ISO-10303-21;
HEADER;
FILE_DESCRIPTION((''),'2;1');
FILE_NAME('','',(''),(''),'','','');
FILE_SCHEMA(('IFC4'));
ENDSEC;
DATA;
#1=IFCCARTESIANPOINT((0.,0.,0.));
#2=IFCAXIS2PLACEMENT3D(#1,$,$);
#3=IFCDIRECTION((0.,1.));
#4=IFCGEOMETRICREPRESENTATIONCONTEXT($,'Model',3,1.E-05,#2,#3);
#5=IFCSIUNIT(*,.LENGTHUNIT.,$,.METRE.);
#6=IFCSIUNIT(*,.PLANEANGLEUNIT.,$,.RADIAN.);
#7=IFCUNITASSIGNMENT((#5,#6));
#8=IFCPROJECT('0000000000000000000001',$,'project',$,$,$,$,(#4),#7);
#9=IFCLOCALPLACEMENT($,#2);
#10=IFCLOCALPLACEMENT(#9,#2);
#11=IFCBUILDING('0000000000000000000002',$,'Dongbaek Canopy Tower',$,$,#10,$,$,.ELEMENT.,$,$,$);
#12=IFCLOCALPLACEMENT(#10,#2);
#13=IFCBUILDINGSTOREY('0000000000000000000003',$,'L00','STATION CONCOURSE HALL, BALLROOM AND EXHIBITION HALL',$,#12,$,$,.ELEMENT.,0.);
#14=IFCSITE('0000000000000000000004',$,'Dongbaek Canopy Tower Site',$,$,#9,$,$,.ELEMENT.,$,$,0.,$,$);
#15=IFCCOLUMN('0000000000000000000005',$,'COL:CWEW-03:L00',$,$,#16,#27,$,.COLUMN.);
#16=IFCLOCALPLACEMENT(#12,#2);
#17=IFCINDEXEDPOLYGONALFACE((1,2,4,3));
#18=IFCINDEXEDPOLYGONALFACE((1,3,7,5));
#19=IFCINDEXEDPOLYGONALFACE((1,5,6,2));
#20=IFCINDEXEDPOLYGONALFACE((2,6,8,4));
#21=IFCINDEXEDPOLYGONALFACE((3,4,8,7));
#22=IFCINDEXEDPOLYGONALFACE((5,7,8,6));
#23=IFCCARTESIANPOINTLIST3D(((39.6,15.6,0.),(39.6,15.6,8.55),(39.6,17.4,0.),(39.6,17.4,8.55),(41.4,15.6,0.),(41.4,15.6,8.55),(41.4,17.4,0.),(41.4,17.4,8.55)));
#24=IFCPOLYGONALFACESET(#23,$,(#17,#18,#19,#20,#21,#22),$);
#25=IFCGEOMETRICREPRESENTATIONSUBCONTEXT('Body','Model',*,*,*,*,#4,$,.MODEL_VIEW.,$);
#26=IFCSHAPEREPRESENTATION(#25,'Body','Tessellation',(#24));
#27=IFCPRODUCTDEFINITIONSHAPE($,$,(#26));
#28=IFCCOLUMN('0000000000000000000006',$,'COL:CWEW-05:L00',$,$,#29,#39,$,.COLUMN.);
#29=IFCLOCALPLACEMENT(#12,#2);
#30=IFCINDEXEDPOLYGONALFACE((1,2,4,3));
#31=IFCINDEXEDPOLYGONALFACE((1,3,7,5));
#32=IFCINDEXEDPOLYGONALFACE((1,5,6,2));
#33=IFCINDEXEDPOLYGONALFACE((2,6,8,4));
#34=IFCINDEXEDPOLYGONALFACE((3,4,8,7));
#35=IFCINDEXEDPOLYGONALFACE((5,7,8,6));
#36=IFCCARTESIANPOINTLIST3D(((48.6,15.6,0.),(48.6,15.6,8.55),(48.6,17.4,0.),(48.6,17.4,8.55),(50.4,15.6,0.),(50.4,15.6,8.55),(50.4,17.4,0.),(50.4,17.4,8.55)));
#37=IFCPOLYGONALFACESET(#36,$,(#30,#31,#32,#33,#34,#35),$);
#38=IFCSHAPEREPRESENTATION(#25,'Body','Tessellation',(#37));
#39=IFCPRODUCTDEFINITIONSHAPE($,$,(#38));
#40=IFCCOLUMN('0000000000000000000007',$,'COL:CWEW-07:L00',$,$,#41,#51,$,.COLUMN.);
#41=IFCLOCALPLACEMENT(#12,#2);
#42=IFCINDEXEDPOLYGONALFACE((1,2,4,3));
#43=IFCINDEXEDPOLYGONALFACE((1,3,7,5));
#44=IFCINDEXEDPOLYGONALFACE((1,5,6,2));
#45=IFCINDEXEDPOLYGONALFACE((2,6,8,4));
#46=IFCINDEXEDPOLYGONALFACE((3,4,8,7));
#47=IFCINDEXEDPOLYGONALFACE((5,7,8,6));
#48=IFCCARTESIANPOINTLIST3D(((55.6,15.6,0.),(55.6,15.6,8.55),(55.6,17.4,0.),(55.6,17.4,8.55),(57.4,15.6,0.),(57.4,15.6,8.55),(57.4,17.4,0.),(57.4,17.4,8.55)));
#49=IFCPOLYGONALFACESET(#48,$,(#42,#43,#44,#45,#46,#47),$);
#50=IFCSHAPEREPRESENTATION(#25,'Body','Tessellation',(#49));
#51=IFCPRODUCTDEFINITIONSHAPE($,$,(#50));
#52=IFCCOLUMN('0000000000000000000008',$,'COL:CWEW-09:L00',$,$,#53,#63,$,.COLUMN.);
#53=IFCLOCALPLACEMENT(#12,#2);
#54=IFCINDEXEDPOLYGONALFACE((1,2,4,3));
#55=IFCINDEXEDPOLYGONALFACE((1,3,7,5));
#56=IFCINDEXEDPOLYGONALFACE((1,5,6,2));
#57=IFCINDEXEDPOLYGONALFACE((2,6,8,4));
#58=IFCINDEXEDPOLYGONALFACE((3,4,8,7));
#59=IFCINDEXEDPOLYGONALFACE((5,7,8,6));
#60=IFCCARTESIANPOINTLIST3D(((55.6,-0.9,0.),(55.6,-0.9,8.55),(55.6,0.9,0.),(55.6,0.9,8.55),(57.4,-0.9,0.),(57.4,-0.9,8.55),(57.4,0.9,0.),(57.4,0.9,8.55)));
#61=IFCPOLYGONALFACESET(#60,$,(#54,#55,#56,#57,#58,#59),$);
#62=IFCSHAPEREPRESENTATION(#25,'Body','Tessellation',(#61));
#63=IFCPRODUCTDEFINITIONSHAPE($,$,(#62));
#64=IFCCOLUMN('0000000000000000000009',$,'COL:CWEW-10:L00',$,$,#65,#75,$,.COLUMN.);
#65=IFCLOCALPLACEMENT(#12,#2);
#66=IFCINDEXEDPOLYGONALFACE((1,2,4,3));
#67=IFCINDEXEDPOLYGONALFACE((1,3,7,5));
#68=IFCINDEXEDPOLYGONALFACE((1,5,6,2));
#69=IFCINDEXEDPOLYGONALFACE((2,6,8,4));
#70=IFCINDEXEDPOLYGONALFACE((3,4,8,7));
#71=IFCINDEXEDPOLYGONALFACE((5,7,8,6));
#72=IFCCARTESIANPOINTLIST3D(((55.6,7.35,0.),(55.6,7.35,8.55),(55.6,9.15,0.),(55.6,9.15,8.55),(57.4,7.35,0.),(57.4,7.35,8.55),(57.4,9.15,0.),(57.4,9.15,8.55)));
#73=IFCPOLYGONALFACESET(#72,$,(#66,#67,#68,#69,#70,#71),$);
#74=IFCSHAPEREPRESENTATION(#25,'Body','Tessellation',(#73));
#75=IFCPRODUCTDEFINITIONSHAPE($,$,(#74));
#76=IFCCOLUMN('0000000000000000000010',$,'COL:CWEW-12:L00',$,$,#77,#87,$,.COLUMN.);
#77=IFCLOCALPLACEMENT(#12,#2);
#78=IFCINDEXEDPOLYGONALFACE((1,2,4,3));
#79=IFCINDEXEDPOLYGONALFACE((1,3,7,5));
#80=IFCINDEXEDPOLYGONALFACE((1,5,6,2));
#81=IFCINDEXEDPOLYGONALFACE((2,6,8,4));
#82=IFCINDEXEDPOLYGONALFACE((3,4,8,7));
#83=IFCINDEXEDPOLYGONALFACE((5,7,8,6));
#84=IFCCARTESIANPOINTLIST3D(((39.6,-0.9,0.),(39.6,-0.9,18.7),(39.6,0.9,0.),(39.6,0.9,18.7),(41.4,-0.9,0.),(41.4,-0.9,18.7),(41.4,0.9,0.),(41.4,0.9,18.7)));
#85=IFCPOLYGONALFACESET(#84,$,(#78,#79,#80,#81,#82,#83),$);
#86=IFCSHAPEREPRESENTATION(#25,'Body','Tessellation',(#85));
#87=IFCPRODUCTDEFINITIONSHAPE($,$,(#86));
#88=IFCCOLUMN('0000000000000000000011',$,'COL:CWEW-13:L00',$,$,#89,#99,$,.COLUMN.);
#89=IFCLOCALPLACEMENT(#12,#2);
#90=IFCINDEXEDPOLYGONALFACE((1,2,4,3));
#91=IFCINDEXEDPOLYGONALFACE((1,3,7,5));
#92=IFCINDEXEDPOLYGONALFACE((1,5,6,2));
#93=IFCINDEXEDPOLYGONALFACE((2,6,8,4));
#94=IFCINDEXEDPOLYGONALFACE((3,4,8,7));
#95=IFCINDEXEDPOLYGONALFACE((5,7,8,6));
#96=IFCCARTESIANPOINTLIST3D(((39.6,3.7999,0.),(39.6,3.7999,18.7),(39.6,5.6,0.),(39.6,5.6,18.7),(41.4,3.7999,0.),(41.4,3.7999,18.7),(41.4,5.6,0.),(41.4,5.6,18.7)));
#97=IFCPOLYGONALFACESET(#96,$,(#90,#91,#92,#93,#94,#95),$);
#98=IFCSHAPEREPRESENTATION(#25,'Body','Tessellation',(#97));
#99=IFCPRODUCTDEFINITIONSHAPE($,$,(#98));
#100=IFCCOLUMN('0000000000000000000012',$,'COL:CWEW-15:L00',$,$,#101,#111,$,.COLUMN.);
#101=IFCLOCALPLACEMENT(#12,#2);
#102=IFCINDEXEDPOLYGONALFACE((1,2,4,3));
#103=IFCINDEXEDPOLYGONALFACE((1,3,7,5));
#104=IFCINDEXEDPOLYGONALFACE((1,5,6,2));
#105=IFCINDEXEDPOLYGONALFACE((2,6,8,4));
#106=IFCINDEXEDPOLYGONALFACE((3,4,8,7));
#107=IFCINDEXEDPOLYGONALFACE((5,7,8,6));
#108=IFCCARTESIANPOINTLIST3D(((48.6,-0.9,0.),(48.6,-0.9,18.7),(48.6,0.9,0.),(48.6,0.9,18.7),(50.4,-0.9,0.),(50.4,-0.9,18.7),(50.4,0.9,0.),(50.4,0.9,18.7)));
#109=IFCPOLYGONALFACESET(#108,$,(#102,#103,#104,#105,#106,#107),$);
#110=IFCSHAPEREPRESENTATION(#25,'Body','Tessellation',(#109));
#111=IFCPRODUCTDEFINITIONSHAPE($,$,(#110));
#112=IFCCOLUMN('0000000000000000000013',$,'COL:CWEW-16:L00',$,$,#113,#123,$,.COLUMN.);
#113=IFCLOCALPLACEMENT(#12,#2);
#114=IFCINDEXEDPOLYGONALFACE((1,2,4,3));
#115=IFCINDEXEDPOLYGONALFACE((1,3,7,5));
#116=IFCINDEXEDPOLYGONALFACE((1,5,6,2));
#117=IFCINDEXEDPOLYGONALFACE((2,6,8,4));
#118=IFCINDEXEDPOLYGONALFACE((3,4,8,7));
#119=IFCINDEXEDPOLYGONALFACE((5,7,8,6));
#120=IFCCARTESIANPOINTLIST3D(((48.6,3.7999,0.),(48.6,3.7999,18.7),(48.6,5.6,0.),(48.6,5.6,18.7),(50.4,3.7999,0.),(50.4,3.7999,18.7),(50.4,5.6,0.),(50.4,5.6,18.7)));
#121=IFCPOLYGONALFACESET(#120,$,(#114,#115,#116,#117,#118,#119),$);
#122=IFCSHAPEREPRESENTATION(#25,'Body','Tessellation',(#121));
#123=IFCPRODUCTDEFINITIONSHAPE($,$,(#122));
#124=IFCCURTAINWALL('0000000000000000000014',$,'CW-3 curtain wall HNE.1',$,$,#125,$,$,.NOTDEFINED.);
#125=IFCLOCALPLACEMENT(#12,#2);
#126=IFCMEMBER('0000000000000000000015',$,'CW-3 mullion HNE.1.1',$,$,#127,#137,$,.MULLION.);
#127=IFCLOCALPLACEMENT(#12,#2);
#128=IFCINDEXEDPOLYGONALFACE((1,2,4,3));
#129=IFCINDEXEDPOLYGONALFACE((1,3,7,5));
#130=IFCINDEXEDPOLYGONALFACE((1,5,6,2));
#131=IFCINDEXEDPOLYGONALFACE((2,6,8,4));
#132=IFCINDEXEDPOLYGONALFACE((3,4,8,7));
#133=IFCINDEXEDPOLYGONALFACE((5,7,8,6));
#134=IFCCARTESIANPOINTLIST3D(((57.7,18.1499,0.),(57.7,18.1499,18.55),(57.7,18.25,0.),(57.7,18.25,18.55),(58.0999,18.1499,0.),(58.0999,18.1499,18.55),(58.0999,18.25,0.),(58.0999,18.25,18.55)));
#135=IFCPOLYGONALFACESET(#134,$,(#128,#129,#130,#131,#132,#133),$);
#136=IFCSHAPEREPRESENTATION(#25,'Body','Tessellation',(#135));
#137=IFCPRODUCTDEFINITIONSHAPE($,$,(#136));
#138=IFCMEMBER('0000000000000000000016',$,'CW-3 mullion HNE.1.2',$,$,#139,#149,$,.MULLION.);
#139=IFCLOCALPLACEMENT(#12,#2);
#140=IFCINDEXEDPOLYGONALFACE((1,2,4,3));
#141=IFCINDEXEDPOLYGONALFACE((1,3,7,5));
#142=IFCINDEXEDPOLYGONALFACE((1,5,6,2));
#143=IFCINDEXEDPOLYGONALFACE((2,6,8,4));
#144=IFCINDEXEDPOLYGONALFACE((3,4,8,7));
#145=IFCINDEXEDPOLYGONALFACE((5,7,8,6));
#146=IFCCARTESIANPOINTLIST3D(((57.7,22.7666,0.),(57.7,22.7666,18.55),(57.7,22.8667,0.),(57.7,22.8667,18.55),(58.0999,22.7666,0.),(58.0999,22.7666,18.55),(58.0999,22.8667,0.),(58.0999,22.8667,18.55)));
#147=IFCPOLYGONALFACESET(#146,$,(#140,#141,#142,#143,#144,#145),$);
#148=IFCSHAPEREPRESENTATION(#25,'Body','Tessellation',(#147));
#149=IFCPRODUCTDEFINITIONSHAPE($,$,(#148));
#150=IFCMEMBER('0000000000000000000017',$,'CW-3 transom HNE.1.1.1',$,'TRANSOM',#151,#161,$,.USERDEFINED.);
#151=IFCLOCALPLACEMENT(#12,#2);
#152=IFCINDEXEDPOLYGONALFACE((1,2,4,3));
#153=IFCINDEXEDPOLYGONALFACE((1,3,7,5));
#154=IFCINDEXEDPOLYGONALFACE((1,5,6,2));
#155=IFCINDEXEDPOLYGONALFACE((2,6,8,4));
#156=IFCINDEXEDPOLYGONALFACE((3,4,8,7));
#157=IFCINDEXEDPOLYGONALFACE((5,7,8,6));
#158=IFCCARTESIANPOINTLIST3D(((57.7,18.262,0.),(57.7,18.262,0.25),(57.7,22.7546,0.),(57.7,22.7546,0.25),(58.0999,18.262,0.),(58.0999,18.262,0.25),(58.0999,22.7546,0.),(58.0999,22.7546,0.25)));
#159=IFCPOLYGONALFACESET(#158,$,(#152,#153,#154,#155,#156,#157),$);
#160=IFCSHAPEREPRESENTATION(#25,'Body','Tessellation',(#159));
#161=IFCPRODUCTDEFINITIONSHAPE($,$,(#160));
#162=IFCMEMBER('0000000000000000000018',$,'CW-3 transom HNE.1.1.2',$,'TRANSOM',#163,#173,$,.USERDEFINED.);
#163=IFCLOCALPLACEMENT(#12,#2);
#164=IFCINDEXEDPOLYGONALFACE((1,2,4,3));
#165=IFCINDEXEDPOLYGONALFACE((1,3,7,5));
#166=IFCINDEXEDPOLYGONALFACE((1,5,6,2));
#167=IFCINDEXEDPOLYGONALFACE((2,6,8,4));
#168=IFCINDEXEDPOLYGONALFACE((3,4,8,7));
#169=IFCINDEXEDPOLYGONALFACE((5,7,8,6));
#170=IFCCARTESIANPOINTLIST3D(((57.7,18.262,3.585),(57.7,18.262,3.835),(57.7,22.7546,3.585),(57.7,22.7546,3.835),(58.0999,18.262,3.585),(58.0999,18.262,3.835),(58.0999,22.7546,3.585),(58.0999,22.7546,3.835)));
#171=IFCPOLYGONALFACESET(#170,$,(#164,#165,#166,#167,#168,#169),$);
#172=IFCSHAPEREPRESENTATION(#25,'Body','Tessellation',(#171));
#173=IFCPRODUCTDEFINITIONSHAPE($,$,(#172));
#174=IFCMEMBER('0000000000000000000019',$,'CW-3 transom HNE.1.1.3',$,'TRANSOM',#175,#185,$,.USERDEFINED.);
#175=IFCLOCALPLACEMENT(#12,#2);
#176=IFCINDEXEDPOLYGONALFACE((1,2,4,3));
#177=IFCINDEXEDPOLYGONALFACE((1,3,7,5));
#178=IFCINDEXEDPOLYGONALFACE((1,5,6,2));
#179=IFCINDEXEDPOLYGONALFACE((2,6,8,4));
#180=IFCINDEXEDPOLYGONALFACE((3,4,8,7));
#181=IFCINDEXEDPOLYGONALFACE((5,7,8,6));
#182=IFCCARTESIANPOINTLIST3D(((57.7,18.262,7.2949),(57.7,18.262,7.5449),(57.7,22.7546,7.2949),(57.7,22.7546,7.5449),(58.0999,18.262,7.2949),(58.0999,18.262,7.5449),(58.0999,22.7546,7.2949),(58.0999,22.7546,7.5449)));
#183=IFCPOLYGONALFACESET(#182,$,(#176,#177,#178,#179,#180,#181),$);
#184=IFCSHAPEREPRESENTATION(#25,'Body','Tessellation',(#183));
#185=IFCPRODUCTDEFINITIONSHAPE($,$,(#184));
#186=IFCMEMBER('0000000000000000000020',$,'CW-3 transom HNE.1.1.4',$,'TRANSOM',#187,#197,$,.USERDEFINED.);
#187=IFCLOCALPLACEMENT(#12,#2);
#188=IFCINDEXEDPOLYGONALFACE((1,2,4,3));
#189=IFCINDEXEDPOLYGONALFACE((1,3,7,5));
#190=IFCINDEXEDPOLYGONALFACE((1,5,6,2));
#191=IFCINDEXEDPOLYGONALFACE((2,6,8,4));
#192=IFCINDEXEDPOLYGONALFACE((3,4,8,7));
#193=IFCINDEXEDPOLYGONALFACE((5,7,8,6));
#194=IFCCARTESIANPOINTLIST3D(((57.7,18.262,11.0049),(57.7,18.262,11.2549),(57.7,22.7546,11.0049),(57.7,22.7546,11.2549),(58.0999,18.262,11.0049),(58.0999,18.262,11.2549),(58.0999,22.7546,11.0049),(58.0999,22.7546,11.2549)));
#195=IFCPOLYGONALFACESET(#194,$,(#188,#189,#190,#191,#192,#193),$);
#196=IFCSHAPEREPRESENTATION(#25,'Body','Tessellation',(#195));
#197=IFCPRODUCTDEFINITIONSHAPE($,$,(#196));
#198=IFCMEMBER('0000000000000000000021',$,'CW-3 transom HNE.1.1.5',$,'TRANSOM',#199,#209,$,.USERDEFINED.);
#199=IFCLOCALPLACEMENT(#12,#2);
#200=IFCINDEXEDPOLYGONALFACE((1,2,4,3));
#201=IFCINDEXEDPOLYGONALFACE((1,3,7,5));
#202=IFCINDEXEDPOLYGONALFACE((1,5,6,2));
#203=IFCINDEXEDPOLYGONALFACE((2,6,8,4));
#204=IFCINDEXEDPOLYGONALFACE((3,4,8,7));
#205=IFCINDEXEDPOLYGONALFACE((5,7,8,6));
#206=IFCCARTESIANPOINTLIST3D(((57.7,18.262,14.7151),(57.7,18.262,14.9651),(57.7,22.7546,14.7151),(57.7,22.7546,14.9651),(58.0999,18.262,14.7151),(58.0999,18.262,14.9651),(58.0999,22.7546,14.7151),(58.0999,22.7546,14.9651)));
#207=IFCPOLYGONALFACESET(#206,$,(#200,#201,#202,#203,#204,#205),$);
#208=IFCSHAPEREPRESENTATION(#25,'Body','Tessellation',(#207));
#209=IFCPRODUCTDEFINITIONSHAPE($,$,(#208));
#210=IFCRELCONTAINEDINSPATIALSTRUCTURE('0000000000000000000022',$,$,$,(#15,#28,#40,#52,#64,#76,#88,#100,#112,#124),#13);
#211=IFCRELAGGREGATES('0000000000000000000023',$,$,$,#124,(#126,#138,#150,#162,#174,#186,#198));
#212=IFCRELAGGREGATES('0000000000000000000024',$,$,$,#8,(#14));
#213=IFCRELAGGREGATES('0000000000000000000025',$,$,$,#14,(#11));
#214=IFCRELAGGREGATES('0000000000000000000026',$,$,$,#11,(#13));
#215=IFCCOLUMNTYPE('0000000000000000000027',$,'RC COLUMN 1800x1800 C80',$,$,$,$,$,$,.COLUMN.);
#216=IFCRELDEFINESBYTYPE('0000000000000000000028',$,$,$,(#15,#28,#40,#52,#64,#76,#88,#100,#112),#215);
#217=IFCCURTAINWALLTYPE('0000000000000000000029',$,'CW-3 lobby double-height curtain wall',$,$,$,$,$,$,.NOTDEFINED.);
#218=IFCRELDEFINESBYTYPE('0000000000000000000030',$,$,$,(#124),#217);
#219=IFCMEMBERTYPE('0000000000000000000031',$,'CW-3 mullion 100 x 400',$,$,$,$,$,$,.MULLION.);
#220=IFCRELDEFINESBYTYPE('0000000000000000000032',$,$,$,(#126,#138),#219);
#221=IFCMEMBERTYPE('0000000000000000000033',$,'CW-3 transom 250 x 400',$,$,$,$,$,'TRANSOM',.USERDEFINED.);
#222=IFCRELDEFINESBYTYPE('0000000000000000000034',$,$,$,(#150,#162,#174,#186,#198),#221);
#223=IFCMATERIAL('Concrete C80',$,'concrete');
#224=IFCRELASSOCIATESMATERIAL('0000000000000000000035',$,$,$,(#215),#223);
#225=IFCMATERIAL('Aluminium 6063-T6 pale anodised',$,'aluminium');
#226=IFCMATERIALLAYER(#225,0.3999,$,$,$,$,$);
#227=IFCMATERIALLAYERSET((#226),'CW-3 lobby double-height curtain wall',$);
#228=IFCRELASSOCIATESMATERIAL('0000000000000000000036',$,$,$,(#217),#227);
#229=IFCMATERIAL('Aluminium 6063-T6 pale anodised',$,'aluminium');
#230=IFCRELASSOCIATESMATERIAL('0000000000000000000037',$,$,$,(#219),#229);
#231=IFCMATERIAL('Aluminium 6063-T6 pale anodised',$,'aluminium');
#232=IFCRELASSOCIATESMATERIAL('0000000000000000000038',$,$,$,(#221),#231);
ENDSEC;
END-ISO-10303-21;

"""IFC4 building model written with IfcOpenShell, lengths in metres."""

from ifc_helpers import new_model, si_unit, direction, frame, origin, origin_2d, place, context, subcontext, project, spatial, rectangle, extrude, material, layer, layer_set, material_profile, profile_set, type_object, element, aggregate, save


model = new_model("IFC4")

# Units and contexts
model_context = context("Model", 3, precision=1e-05, world=origin(), true_north=direction((0.0, 1.0)))
body_context = subcontext(model_context, "Body", "Model", "MODEL_VIEW")
ifc_project = project(units=[si_unit("LENGTHUNIT", "METRE"), si_unit("PLANEANGLEUNIT", "RADIAN")], contexts=[model_context])

# Site, building, storey
site_placement = place(None, origin())
site = spatial("IfcSite", under=ifc_project, at=site_placement, Name="Dongbaek Canopy Tower Site", CompositionType="ELEMENT", RefElevation=0.0)
building_placement = place(site_placement, origin())
building = spatial("IfcBuilding", under=site, at=building_placement, Name="Dongbaek Canopy Tower", CompositionType="ELEMENT")
storey_placement = place(building_placement, origin())
storey = spatial("IfcBuildingStorey", under=building, at=storey_placement, Name="L00", Description="STATION CONCOURSE HALL, BALLROOM AND EXHIBITION HALL", CompositionType="ELEMENT", Elevation=0.0)

# Columns
ifc_material_1 = material(Name="Concrete C80", Category="concrete")
ifc_material_profile_1 = material_profile(ifc_material_1, rectangle(XDim=1.8, YDim=1.8, at=origin_2d()), Name="RC COLUMN 1800x1800 C80")
ifc_profile_set_1 = profile_set([ifc_material_profile_1], Name="Concrete C80")
column_type = type_object("IfcColumnType", Name="RC COLUMN 1800x1800 C80", PredefinedType="COLUMN", material=ifc_profile_set_1)
for number, where, z_axis, x_axis, name in (
    (1, (40.5, 16.5, 0.0), (0.0, 0.0, 1.0), (1.0, 0.0, 0.0), "COL:CWEW-03:L00"),
    (2, (49.5, 16.5, 0.0), (0.0, 0.0, 1.0), (1.0, 0.0, 0.0), "COL:CWEW-05:L00"),
    (3, (56.5, 16.5, 0.0), (0.0, 0.0, 1.0), (1.0, 0.0, 0.0), "COL:CWEW-07:L00"),
    (4, (56.5, 0.0, 0.0), (0.0, 0.0, 1.0), (1.0, 0.0, 0.0), "COL:CWEW-09:L00"),
    (5, (56.5, 8.25, 0.0), (0.0, 0.0, 1.0), (1.0, 0.0, 0.0), "COL:CWEW-10:L00"),
):
    element("IfcColumn", number, at=place(storey_placement, frame(where, z_axis=z_axis, x_axis=x_axis)), inside=storey, type_object=column_type, Name=name, PredefinedType="COLUMN", context=body_context, shape_type="SweptSolid", body=[
        extrude(rectangle(XDim=1.8, YDim=1.8, at=origin_2d()), origin(), (0.0, 0.0, 1.0), 8.55),
    ])
for number, where, z_axis, x_axis, name in (
    (6, (40.5, 0.0, 0.0), (0.0, 0.0, 1.0), (1.0, 0.0, 0.0), "COL:CWEW-12:L00"),
    (7, (40.5, 4.7, 0.0), (0.0, 0.0, 1.0), (1.0, 0.0, 0.0), "COL:CWEW-13:L00"),
    (8, (49.5, 0.0, 0.0), (0.0, 0.0, 1.0), (1.0, 0.0, 0.0), "COL:CWEW-15:L00"),
    (9, (49.5, 4.7, 0.0), (0.0, 0.0, 1.0), (1.0, 0.0, 0.0), "COL:CWEW-16:L00"),
):
    element("IfcColumn", number, at=place(storey_placement, frame(where, z_axis=z_axis, x_axis=x_axis)), inside=storey, type_object=column_type, Name=name, PredefinedType="COLUMN", context=body_context, shape_type="SweptSolid", body=[
        extrude(rectangle(XDim=1.8, YDim=1.8, at=origin_2d()), origin(), (0.0, 0.0, 1.0), 18.7),
    ])

# Curtain wall, members
ifc_material_2 = material(Name="Aluminium 6063-T6 pale anodised", Category="aluminium")
ifc_layer_1 = layer(ifc_material_2, 0.3999)
ifc_layer_set_1 = layer_set([ifc_layer_1], Name="CW-3 lobby double-height curtain wall")
curtain_wall_type = type_object("IfcCurtainWallType", Name="CW-3 lobby double-height curtain wall", PredefinedType="NOTDEFINED", material=ifc_layer_set_1)
curtain_wall_placement = place(storey_placement, origin())
curtain_wall = element("IfcCurtainWall", 10, at=curtain_wall_placement, inside=storey, type_object=curtain_wall_type, Name="CW-3 curtain wall HNE.1", PredefinedType="NOTDEFINED")
ifc_material_3 = material(Name="Aluminium 6063-T6 pale anodised", Category="aluminium")
ifc_material_profile_2 = material_profile(ifc_material_3, rectangle(XDim=0.3999, YDim=0.1001, at=origin_2d()), Name="CW-3 mullion 100 x 400")
ifc_profile_set_2 = profile_set([ifc_material_profile_2], Name="Aluminium 6063-T6 pale anodised")
member_type_1 = type_object("IfcMemberType", Name="CW-3 mullion 100 x 400", PredefinedType="MULLION", material=ifc_profile_set_2)
member_1_placement = place(storey_placement, frame((57.8999, 18.2, 0.0), z_axis=(0.0, 0.0, 1.0), x_axis=(1.0, 0.0, 0.0)))
member_1 = element("IfcMember", 11, at=member_1_placement, type_object=member_type_1, Name="CW-3 mullion HNE.1.1", PredefinedType="MULLION", context=body_context, shape_type="SweptSolid", body=[
    extrude(rectangle(XDim=0.3999, YDim=0.1001, at=origin_2d()), origin(), (0.0, 0.0, 1.0), 18.55),
])
member_2_placement = place(storey_placement, frame((57.8999, 22.8167, 0.0), z_axis=(0.0, 0.0, 1.0), x_axis=(1.0, 0.0, 0.0)))
member_2 = element("IfcMember", 12, at=member_2_placement, type_object=member_type_1, Name="CW-3 mullion HNE.1.2", PredefinedType="MULLION", context=body_context, shape_type="SweptSolid", body=[
    extrude(rectangle(XDim=0.3999, YDim=0.1001, at=origin_2d()), origin(), (0.0, 0.0, 1.0), 18.55),
])
ifc_material_4 = material(Name="Aluminium 6063-T6 pale anodised", Category="aluminium")
ifc_material_profile_3 = material_profile(ifc_material_4, rectangle(XDim=0.3999, YDim=0.25, at=origin_2d()), Name="CW-3 transom 250 x 400")
ifc_profile_set_3 = profile_set([ifc_material_profile_3], Name="Aluminium 6063-T6 pale anodised")
member_type_2 = type_object("IfcMemberType", Name="CW-3 transom 250 x 400", ElementType="TRANSOM", PredefinedType="USERDEFINED", material=ifc_profile_set_3)
member_3_placement = place(storey_placement, frame((57.8999, 18.262, 0.125), z_axis=(0.0, 1.0, 0.0), x_axis=(-1.0, 0.0, 0.0)))
member_3 = element("IfcMember", 13, at=member_3_placement, type_object=member_type_2, Name="CW-3 transom HNE.1.1.1", ObjectType="TRANSOM", PredefinedType="USERDEFINED", context=body_context, shape_type="SweptSolid", body=[
    extrude(rectangle(XDim=0.3999, YDim=0.25, at=origin_2d()), origin(), (0.0, 0.0, 1.0), 4.4927),
])
member_4_placement = place(storey_placement, frame((57.8999, 18.262, 3.71), z_axis=(0.0, 1.0, 0.0), x_axis=(-1.0, 0.0, 0.0)))
member_4 = element("IfcMember", 14, at=member_4_placement, type_object=member_type_2, Name="CW-3 transom HNE.1.1.2", ObjectType="TRANSOM", PredefinedType="USERDEFINED", context=body_context, shape_type="SweptSolid", body=[
    extrude(rectangle(XDim=0.3999, YDim=0.25, at=origin_2d()), origin(), (0.0, 0.0, 1.0), 4.4927),
])
member_5_placement = place(storey_placement, frame((57.8999, 18.262, 7.4199), z_axis=(0.0, 1.0, 0.0), x_axis=(-1.0, 0.0, 0.0)))
member_5 = element("IfcMember", 15, at=member_5_placement, type_object=member_type_2, Name="CW-3 transom HNE.1.1.3", ObjectType="TRANSOM", PredefinedType="USERDEFINED", context=body_context, shape_type="SweptSolid", body=[
    extrude(rectangle(XDim=0.3999, YDim=0.25, at=origin_2d()), origin(), (0.0, 0.0, 1.0), 4.4927),
])
member_6_placement = place(storey_placement, frame((57.8999, 18.262, 11.1299), z_axis=(0.0, 1.0, 0.0), x_axis=(-1.0, 0.0, 0.0)))
member_6 = element("IfcMember", 16, at=member_6_placement, type_object=member_type_2, Name="CW-3 transom HNE.1.1.4", ObjectType="TRANSOM", PredefinedType="USERDEFINED", context=body_context, shape_type="SweptSolid", body=[
    extrude(rectangle(XDim=0.3999, YDim=0.25, at=origin_2d()), origin(), (0.0, 0.0, 1.0), 4.4927),
])
member_7_placement = place(storey_placement, frame((57.8999, 18.262, 14.8401), z_axis=(0.0, 1.0, 0.0), x_axis=(-1.0, 0.0, 0.0)))
member_7 = element("IfcMember", 17, at=member_7_placement, type_object=member_type_2, Name="CW-3 transom HNE.1.1.5", ObjectType="TRANSOM", PredefinedType="USERDEFINED", context=body_context, shape_type="SweptSolid", body=[
    extrude(rectangle(XDim=0.3999, YDim=0.25, at=origin_2d()), origin(), (0.0, 0.0, 1.0), 4.4927),
])
aggregate(curtain_wall, [member_1, member_2, member_3, member_4, member_5, member_6, member_7])

save(model, "model.ifc")
